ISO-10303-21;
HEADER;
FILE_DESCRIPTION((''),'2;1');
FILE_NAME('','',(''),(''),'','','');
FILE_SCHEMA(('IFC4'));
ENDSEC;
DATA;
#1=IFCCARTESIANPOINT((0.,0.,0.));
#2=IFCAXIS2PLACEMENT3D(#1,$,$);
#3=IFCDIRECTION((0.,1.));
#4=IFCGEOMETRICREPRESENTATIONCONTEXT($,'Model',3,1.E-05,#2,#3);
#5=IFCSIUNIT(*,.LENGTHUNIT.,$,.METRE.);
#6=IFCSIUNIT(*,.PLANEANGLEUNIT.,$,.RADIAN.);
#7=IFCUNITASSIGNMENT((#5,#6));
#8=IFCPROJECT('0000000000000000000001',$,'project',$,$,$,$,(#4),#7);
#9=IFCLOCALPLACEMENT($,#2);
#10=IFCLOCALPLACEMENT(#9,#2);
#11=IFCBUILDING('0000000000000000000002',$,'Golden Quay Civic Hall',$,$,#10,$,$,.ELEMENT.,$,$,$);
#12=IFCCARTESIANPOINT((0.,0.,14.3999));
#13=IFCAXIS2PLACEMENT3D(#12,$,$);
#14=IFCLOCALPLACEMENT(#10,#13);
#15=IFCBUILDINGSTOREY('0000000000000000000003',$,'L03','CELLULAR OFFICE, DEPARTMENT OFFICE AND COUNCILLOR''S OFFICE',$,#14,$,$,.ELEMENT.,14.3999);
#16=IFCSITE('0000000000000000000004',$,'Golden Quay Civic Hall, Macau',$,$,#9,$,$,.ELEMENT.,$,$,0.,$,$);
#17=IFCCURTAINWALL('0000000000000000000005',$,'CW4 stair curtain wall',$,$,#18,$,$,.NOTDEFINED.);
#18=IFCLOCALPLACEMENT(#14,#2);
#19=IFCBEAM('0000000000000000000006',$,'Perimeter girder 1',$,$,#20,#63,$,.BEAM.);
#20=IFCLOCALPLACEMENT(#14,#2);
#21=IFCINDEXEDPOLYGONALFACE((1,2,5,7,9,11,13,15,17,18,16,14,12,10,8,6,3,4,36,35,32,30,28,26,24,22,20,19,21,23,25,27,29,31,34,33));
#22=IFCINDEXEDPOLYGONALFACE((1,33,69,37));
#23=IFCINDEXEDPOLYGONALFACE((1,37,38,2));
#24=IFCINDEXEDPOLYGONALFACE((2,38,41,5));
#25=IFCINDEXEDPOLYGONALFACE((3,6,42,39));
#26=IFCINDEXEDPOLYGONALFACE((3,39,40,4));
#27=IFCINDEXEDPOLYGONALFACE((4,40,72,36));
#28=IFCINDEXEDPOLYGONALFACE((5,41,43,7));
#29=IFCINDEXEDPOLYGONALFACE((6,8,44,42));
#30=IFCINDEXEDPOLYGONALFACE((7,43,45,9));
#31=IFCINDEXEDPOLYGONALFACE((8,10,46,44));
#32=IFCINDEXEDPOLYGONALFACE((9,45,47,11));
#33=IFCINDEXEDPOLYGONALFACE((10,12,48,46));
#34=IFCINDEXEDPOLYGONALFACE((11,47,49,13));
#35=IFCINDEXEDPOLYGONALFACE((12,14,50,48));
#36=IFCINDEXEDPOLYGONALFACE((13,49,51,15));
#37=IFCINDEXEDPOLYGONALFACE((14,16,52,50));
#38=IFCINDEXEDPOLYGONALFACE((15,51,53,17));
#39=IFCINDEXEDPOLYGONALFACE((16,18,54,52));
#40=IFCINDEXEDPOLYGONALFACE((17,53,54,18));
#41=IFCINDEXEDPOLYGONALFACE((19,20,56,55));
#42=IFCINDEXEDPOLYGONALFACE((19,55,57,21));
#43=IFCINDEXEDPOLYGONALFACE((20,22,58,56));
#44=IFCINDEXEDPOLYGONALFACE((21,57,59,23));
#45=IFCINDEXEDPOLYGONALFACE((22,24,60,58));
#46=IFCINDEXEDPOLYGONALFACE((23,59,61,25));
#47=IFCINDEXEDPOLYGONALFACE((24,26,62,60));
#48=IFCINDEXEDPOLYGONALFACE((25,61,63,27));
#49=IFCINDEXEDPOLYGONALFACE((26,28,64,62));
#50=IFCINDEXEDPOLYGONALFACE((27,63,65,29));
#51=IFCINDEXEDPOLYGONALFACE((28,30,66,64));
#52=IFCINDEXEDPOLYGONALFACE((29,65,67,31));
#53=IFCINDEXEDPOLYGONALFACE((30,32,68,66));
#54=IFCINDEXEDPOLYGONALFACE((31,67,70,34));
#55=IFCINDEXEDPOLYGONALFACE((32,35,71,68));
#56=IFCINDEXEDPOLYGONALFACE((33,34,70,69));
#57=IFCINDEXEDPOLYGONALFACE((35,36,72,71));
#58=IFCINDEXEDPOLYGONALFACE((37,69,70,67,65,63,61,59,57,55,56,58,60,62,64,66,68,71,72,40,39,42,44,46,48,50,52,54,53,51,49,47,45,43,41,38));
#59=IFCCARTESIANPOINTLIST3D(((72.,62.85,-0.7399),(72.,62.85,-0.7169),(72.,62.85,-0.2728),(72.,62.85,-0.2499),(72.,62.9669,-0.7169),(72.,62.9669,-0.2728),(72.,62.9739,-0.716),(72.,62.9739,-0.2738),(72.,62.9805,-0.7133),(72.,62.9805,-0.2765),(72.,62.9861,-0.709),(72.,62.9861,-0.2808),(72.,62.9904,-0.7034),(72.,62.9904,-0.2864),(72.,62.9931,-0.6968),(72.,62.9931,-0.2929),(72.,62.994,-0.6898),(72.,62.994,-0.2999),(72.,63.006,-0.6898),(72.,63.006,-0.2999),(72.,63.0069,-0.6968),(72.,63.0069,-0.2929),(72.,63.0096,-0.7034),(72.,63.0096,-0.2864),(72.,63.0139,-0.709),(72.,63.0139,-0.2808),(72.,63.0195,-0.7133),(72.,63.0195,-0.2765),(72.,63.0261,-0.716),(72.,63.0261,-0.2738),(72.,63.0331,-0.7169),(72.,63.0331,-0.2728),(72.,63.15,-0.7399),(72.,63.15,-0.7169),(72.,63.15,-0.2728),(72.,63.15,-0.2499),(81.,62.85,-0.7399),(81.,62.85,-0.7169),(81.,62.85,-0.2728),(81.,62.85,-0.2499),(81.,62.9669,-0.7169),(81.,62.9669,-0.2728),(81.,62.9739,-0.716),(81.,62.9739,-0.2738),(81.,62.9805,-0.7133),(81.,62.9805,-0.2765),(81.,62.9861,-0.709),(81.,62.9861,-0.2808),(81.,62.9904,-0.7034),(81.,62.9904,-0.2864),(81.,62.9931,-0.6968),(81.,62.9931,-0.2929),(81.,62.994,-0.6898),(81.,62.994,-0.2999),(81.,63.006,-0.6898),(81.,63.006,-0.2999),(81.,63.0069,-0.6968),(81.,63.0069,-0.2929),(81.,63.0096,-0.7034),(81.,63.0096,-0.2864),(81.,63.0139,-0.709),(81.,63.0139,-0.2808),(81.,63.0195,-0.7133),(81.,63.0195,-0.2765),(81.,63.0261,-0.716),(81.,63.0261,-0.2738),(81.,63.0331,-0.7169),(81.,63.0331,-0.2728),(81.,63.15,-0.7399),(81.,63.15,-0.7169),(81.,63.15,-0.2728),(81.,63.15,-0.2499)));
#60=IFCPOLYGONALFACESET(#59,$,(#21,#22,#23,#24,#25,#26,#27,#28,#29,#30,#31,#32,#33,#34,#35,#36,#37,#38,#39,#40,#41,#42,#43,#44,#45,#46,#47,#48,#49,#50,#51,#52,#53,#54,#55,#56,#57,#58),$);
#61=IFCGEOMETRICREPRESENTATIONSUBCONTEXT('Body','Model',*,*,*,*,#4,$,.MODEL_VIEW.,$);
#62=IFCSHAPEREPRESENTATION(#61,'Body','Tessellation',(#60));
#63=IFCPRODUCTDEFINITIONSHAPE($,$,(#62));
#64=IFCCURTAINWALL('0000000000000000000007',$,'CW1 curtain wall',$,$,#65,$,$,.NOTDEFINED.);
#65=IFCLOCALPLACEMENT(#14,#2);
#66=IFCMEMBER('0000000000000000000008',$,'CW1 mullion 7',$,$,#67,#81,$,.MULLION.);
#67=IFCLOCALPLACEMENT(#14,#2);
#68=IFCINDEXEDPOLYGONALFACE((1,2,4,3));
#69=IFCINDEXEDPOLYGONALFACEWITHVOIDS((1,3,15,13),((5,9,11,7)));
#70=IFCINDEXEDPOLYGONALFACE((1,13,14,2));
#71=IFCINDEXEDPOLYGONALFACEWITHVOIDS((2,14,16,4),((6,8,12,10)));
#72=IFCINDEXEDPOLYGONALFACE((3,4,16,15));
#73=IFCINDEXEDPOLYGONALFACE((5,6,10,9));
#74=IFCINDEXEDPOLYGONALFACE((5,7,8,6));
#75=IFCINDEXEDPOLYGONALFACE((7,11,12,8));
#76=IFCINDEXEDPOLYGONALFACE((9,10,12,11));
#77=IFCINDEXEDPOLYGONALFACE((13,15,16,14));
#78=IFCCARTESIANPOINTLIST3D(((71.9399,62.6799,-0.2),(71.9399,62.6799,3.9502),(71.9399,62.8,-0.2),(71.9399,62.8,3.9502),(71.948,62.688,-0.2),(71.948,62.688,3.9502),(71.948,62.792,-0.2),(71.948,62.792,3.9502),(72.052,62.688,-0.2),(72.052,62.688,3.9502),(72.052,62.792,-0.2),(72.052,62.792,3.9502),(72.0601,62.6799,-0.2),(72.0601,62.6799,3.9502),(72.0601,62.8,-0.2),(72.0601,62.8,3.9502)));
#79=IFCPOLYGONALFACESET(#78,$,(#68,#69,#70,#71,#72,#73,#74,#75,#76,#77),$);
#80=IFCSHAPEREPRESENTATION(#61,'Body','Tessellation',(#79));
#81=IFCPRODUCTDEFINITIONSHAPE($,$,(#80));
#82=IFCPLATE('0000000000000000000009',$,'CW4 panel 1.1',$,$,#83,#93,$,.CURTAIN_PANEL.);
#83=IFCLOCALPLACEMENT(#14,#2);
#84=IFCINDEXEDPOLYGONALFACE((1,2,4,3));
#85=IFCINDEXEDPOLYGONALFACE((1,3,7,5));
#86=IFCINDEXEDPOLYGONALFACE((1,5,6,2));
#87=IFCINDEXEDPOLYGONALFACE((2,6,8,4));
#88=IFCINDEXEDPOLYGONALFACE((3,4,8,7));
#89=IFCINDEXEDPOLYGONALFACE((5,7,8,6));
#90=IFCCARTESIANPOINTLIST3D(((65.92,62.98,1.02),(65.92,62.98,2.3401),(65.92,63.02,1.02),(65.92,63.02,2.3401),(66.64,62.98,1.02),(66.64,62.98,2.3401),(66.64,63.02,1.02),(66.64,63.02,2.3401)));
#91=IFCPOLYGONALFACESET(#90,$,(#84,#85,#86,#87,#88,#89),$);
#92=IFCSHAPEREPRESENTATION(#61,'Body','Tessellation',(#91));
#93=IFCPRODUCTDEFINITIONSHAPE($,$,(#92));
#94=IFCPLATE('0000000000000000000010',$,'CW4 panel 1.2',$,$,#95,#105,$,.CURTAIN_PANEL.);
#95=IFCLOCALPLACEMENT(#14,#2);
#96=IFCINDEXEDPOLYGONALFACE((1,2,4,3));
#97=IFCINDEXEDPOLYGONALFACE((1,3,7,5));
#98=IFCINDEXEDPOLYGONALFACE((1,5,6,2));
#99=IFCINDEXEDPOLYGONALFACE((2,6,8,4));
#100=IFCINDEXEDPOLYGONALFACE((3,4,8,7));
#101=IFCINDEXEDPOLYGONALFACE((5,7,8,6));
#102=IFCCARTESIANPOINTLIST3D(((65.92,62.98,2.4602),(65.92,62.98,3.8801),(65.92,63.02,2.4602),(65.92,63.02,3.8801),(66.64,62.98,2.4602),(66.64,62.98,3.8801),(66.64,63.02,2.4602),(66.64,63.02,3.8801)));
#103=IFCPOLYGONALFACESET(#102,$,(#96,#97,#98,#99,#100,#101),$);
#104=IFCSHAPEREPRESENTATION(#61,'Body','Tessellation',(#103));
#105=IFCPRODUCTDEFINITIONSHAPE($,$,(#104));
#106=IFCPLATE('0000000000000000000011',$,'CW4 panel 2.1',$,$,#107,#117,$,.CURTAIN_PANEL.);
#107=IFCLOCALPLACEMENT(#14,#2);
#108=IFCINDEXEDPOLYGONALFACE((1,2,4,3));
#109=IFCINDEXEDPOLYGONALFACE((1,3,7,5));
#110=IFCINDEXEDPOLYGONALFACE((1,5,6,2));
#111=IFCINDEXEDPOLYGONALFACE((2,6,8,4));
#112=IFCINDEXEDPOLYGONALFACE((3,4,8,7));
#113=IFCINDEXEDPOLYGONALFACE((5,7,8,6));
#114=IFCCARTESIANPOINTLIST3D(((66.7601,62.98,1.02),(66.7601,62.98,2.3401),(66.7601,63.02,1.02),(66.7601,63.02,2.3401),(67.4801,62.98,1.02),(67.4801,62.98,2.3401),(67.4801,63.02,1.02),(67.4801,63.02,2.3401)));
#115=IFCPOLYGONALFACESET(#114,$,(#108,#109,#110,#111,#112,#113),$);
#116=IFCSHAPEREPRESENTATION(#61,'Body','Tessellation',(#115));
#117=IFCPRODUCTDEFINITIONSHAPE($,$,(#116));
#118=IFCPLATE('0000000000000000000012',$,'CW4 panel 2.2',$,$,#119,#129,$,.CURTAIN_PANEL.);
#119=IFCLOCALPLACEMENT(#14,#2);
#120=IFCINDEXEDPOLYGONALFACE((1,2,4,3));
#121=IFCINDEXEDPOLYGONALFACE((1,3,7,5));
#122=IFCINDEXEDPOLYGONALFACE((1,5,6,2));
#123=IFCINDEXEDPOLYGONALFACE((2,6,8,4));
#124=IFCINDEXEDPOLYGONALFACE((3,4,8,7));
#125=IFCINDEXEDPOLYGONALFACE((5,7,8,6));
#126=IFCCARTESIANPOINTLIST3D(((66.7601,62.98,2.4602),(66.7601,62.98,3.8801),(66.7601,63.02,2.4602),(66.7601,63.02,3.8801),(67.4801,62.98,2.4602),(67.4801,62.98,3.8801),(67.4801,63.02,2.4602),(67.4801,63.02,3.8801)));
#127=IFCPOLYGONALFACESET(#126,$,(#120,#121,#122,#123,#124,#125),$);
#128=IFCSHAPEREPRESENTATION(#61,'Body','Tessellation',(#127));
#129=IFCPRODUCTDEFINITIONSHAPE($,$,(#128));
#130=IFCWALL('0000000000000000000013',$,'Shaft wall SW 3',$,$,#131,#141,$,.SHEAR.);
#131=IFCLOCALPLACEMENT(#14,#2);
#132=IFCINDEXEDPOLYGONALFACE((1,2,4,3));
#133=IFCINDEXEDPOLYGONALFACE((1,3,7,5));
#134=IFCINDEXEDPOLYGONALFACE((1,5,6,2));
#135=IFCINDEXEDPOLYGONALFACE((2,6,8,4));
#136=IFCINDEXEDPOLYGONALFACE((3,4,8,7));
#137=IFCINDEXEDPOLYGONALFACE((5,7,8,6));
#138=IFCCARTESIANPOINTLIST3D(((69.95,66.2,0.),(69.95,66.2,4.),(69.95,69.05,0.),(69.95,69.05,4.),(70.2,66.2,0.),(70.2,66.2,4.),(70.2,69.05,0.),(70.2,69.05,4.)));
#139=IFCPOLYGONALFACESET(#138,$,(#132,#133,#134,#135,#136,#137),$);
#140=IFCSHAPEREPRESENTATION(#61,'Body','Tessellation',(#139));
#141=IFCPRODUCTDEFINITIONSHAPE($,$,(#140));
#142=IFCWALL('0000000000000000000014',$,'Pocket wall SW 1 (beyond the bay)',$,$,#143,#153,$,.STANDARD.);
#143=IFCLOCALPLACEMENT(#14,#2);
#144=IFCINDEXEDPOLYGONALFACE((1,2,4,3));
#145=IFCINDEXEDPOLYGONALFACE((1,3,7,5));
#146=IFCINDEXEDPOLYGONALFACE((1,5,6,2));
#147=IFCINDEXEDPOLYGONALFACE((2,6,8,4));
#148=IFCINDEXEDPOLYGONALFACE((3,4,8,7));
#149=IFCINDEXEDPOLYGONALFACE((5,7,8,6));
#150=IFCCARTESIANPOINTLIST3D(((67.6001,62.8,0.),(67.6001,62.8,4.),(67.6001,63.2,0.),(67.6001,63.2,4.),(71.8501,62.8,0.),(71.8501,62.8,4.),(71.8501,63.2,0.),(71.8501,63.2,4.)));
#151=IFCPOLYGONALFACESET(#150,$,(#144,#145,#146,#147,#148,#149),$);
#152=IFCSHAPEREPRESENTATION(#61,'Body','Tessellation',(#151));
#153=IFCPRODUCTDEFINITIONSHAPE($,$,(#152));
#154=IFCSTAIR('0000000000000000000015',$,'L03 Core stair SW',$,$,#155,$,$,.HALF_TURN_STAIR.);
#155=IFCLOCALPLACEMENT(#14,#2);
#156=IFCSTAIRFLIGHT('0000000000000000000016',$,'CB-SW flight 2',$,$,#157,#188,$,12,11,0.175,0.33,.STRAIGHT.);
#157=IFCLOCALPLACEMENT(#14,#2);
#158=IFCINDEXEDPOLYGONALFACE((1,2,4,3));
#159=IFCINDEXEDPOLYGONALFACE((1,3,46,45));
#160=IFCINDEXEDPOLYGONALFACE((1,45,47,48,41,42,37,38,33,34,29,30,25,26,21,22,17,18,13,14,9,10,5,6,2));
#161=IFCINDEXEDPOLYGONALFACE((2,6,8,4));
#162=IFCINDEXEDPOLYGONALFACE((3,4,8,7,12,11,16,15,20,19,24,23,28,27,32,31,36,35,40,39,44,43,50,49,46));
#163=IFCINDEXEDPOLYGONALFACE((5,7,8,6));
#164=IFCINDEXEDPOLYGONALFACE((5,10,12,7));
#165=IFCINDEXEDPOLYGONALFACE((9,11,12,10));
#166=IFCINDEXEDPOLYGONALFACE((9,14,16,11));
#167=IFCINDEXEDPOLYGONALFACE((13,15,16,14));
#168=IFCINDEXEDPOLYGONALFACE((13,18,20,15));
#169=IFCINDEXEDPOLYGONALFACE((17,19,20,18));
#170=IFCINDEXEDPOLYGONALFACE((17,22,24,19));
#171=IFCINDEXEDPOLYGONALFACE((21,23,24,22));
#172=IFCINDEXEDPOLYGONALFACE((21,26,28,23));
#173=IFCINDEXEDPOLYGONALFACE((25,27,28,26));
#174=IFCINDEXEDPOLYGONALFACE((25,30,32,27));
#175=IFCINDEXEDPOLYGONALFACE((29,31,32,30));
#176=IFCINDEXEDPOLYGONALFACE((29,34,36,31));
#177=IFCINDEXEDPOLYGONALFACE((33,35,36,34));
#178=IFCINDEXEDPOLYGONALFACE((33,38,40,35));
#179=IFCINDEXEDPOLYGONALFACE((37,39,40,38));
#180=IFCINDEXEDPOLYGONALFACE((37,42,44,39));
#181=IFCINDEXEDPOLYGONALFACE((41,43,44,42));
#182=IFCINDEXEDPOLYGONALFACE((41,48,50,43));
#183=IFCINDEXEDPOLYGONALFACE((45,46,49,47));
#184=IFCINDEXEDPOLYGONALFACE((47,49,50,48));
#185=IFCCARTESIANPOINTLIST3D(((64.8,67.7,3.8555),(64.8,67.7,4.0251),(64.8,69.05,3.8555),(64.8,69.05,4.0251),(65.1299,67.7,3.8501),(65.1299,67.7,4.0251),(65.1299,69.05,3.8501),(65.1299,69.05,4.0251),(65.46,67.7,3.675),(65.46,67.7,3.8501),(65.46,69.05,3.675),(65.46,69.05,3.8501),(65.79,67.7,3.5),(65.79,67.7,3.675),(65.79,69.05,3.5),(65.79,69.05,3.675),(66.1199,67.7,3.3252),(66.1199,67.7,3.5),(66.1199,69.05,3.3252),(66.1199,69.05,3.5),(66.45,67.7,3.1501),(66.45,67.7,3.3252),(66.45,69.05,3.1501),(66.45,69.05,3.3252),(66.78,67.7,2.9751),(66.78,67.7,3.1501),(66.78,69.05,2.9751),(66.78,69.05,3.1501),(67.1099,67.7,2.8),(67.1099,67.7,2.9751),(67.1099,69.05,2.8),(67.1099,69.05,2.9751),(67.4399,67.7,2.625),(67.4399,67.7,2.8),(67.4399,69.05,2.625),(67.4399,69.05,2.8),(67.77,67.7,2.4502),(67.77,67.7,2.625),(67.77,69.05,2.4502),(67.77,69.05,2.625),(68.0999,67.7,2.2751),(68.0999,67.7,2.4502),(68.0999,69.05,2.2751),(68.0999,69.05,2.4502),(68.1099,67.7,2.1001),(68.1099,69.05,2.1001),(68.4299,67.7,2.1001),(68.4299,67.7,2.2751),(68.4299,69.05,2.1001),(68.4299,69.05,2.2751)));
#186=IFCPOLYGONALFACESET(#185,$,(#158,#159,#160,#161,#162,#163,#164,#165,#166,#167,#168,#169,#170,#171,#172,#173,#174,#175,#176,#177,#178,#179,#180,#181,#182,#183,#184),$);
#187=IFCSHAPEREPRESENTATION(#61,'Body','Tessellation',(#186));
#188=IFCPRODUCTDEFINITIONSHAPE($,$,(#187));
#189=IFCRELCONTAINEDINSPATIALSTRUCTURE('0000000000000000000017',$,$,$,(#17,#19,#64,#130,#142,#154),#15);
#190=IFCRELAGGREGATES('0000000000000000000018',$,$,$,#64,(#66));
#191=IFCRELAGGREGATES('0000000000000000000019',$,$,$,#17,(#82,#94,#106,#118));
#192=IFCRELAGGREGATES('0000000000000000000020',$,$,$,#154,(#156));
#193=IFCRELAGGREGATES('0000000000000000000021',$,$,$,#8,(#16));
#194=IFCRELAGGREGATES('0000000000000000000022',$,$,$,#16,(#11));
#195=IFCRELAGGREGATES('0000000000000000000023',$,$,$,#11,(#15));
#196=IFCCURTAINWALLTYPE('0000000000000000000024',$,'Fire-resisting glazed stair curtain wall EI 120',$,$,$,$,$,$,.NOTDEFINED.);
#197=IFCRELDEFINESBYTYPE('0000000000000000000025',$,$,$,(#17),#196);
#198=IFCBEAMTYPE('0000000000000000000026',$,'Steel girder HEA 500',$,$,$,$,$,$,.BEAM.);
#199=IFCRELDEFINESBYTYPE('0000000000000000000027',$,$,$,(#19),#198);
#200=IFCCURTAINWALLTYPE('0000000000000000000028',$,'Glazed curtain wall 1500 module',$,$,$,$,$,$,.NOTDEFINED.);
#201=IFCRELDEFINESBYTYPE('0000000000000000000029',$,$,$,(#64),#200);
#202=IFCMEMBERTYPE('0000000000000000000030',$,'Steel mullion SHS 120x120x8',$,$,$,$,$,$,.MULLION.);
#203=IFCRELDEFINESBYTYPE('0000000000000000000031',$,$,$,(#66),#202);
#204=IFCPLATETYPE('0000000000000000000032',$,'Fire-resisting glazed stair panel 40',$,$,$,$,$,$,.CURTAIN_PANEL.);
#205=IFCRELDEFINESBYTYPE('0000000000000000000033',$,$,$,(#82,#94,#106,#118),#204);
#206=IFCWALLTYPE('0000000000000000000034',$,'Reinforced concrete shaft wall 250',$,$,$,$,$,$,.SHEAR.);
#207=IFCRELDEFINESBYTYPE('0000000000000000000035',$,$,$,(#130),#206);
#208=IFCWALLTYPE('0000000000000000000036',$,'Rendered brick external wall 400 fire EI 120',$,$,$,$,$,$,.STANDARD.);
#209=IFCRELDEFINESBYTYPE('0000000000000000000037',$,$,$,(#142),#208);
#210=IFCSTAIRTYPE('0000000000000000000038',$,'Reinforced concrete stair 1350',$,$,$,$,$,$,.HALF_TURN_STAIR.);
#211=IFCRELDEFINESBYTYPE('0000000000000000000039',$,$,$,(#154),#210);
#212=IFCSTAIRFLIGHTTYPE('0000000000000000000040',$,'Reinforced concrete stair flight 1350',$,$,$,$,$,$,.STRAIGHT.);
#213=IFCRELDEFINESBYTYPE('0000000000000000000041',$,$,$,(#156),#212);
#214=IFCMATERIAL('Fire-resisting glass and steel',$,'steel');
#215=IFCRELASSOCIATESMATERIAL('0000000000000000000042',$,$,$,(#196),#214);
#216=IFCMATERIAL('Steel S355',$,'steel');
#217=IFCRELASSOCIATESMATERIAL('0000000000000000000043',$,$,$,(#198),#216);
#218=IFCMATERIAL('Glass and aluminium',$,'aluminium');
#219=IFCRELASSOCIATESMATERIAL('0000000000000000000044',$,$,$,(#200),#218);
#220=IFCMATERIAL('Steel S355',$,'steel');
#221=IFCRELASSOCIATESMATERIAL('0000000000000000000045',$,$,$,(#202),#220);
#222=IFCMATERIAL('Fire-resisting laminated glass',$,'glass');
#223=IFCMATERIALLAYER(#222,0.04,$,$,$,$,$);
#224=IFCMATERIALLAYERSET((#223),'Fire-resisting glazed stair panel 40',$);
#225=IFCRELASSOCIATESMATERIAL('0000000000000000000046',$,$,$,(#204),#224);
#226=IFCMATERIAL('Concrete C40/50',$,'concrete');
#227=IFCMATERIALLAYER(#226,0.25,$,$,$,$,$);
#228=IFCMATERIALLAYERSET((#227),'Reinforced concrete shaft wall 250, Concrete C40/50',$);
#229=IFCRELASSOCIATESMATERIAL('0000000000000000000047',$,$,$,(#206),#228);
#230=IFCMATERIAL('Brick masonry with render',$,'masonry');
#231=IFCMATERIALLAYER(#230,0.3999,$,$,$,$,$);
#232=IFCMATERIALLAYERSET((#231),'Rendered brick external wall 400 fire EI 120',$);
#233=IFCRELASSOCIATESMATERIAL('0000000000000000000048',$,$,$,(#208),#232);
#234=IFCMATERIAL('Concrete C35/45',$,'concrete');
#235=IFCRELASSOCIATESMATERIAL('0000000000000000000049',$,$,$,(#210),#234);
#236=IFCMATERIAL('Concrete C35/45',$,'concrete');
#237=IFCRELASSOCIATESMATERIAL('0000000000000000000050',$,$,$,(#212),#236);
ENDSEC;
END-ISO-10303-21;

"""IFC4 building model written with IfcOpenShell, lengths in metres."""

from ifc_helpers import new_model, si_unit, direction, frame, frame_2d, origin, origin_2d, place, context, subcontext, project, spatial, polyline, rectangle, hollow_rectangle, i_section, outline, extrude, material, layer, layer_set, material_profile, profile_set, type_object, element, aggregate, save


model = new_model("IFC4")

# Units and contexts
model_context = context("Model", 3, precision=1e-05, world=origin(), true_north=direction((0.0, 1.0)))
body_context = subcontext(model_context, "Body", "Model", "MODEL_VIEW")
ifc_project = project(units=[si_unit("LENGTHUNIT", "METRE"), si_unit("PLANEANGLEUNIT", "RADIAN")], contexts=[model_context])

# Site, building, storey
site_placement = place(None, origin())
site = spatial("IfcSite", under=ifc_project, at=site_placement, Name="Golden Quay Civic Hall, Macau", CompositionType="ELEMENT", RefElevation=0.0)
building_placement = place(site_placement, origin())
building = spatial("IfcBuilding", under=site, at=building_placement, Name="Golden Quay Civic Hall", CompositionType="ELEMENT")
storey_placement = place(building_placement, frame((0.0, 0.0, 14.3999)))
storey = spatial("IfcBuildingStorey", under=building, at=storey_placement, Name="L03", Description="CELLULAR OFFICE, DEPARTMENT OFFICE AND COUNCILLOR'S OFFICE", CompositionType="ELEMENT", Elevation=14.3999)

# Curtain wall
ifc_material_1 = material(Name="Fire-resisting glass and steel", Category="steel")
curtain_wall_type_1 = type_object("IfcCurtainWallType", Name="Fire-resisting glazed stair curtain wall EI 120", PredefinedType="NOTDEFINED", material=ifc_material_1)
curtain_wall_1_placement = place(storey_placement, origin())
curtain_wall_1 = element("IfcCurtainWall", 1, at=curtain_wall_1_placement, inside=storey, type_object=curtain_wall_type_1, Name="CW4 stair curtain wall", PredefinedType="NOTDEFINED")

# Beam
ifc_material_2 = material(Name="Steel S355", Category="steel")
ifc_material_profile_1 = material_profile(ifc_material_2, i_section(OverallWidth=0.3, OverallDepth=0.49, WebThickness=0.012, FlangeThickness=0.0229, FilletRadius=0.0271, at=origin_2d()), Name="HEA 500")
ifc_profile_set_1 = profile_set([ifc_material_profile_1], Name="Steel S355")
beam_type = type_object("IfcBeamType", Name="Steel girder HEA 500", PredefinedType="BEAM", material=ifc_profile_set_1)
beam_placement = place(storey_placement, frame((72.0, 63.0, -0.4949), z_axis=(1.0, 0.0, 0.0), x_axis=(0.0, 1.0, 0.0)))
element("IfcBeam", 2, at=beam_placement, inside=storey, type_object=beam_type, Name="Perimeter girder 1", PredefinedType="BEAM", context=body_context, shape_type="SweptSolid", body=[
    extrude(i_section(OverallWidth=0.3, OverallDepth=0.49, WebThickness=0.012, FlangeThickness=0.0229, FilletRadius=0.0271, at=origin_2d()), origin(), (0.0, 0.0, 1.0), 9.0),
])

# Curtain wall, member
ifc_material_3 = material(Name="Glass and aluminium", Category="aluminium")
curtain_wall_type_2 = type_object("IfcCurtainWallType", Name="Glazed curtain wall 1500 module", PredefinedType="NOTDEFINED", material=ifc_material_3)
curtain_wall_2_placement = place(storey_placement, origin())
curtain_wall_2 = element("IfcCurtainWall", 3, at=curtain_wall_2_placement, inside=storey, type_object=curtain_wall_type_2, Name="CW1 curtain wall", PredefinedType="NOTDEFINED")
ifc_material_4 = material(Name="Steel S355", Category="steel")
ifc_material_profile_2 = material_profile(ifc_material_4, hollow_rectangle(XDim=0.1201, YDim=0.1201, WallThickness=0.0081, at=origin_2d()), Name="SHS 120x120x8")
ifc_profile_set_2 = profile_set([ifc_material_profile_2], Name="Steel S355")
member_type_1 = type_object("IfcMemberType", Name="Steel mullion SHS 120x120x8", PredefinedType="MULLION", material=ifc_profile_set_2)
member_1_placement = place(storey_placement, frame((72.0, 62.74, -0.2), z_axis=(0.0, 0.0, 1.0), x_axis=(-1.0, 0.0, 0.0)))
member_1 = element("IfcMember", 4, at=member_1_placement, type_object=member_type_1, Name="CW1 mullion 7", PredefinedType="MULLION", context=body_context, shape_type="SweptSolid", body=[
    extrude(hollow_rectangle(XDim=0.1201, YDim=0.1201, WallThickness=0.0081, at=origin_2d()), origin(), (0.0, 0.0, 1.0), 4.1501),
])
aggregate(curtain_wall_2, [member_1])

# Plates
ifc_material_5 = material(Name="Fire-resisting laminated glass", Category="glass")
ifc_layer_1 = layer(ifc_material_5, 0.04)
ifc_layer_set_1 = layer_set([ifc_layer_1], Name="Fire-resisting glazed stair panel 40")
plate_type = type_object("IfcPlateType", Name="Fire-resisting glazed stair panel 40", PredefinedType="CURTAIN_PANEL", material=ifc_layer_set_1)
plate_1_placement = place(storey_placement, frame((66.28, 63.0, 1.02), z_axis=(0.0, 0.0, 1.0), x_axis=(1.0, 0.0, 0.0)))
plate_1 = element("IfcPlate", 5, at=plate_1_placement, type_object=plate_type, Name="CW4 panel 1.1", PredefinedType="CURTAIN_PANEL", context=body_context, shape_type="SweptSolid", body=[
    extrude(rectangle(XDim=0.72, YDim=0.04, at=origin_2d()), origin(), (0.0, 0.0, 1.0), 1.3201),
])
plate_2_placement = place(storey_placement, frame((66.28, 63.0, 2.4602), z_axis=(0.0, 0.0, 1.0), x_axis=(1.0, 0.0, 0.0)))
plate_2 = element("IfcPlate", 6, at=plate_2_placement, type_object=plate_type, Name="CW4 panel 1.2", PredefinedType="CURTAIN_PANEL", context=body_context, shape_type="SweptSolid", body=[
    extrude(rectangle(XDim=0.72, YDim=0.04, at=origin_2d()), origin(), (0.0, 0.0, 1.0), 1.4199),
])
plate_3_placement = place(storey_placement, frame((67.1201, 63.0, 1.02), z_axis=(0.0, 0.0, 1.0), x_axis=(1.0, 0.0, 0.0)))
plate_3 = element("IfcPlate", 7, at=plate_3_placement, type_object=plate_type, Name="CW4 panel 2.1", PredefinedType="CURTAIN_PANEL", context=body_context, shape_type="SweptSolid", body=[
    extrude(rectangle(XDim=0.72, YDim=0.04, at=origin_2d()), origin(), (0.0, 0.0, 1.0), 1.3201),
])
plate_4_placement = place(storey_placement, frame((67.1201, 63.0, 2.4602), z_axis=(0.0, 0.0, 1.0), x_axis=(1.0, 0.0, 0.0)))
plate_4 = element("IfcPlate", 8, at=plate_4_placement, type_object=plate_type, Name="CW4 panel 2.2", PredefinedType="CURTAIN_PANEL", context=body_context, shape_type="SweptSolid", body=[
    extrude(rectangle(XDim=0.72, YDim=0.04, at=origin_2d()), origin(), (0.0, 0.0, 1.0), 1.4199),
])
aggregate(curtain_wall_1, [plate_1, plate_2, plate_3, plate_4])

# Walls
ifc_material_6 = material(Name="Concrete C40/50", Category="concrete")
ifc_layer_2 = layer(ifc_material_6, 0.25)
ifc_layer_set_2 = layer_set([ifc_layer_2], Name="Reinforced concrete shaft wall 250, Concrete C40/50")
wall_type_1 = type_object("IfcWallType", Name="Reinforced concrete shaft wall 250", PredefinedType="SHEAR", material=ifc_layer_set_2)
wall_1_placement = place(storey_placement, frame((70.075, 66.2, 0.0), z_axis=(0.0, 0.0, 1.0), x_axis=(0.0, 1.0, 0.0)))
element("IfcWall", 9, at=wall_1_placement, inside=storey, type_object=wall_type_1, Name="Shaft wall SW 3", PredefinedType="SHEAR", context=body_context, shape_type="SweptSolid", body=[
    extrude(rectangle(XDim=2.8501, YDim=0.25, at=frame_2d((1.425, 0.0))), origin(), (0.0, 0.0, 1.0), 4.0),
])
ifc_material_7 = material(Name="Brick masonry with render", Category="masonry")
ifc_layer_3 = layer(ifc_material_7, 0.3999)
ifc_layer_set_3 = layer_set([ifc_layer_3], Name="Rendered brick external wall 400 fire EI 120")
wall_type_2 = type_object("IfcWallType", Name="Rendered brick external wall 400 fire EI 120", PredefinedType="STANDARD", material=ifc_layer_set_3)
wall_2_placement = place(storey_placement, frame((67.6001, 63.0, 0.0), z_axis=(0.0, 0.0, 1.0), x_axis=(1.0, 0.0, 0.0)))
element("IfcWall", 10, at=wall_2_placement, inside=storey, type_object=wall_type_2, Name="Pocket wall SW 1 (beyond the bay)", PredefinedType="STANDARD", context=body_context, shape_type="SweptSolid", body=[
    extrude(rectangle(XDim=4.25, YDim=0.3999, at=frame_2d((2.125, 0.0))), origin(), (0.0, 0.0, 1.0), 4.0),
])

# Stair, stair flight
ifc_material_8 = material(Name="Concrete C35/45", Category="concrete")
stair_type = type_object("IfcStairType", Name="Reinforced concrete stair 1350", PredefinedType="HALF_TURN_STAIR", material=ifc_material_8)
stair_placement = place(storey_placement, origin())
stair = element("IfcStair", 11, at=stair_placement, inside=storey, type_object=stair_type, Name="L03 Core stair SW", PredefinedType="HALF_TURN_STAIR")
ifc_material_9 = material(Name="Concrete C35/45", Category="concrete")
stair_flight_type = type_object("IfcStairFlightType", Name="Reinforced concrete stair flight 1350", PredefinedType="STRAIGHT", material=ifc_material_9)
stair_flight_placement = place(storey_placement, frame((68.4299, 68.375, 2.1001), z_axis=(0.0, 0.0, 1.0), x_axis=(-1.0, 0.0, 0.0)))
stair_flight = element("IfcStairFlight", 12, at=stair_flight_placement, type_object=stair_flight_type, Name="CB-SW flight 2", NumberOfRisers=12, NumberOfTreads=11, PredefinedType="STRAIGHT", RiserHeight=0.175, TreadLength=0.33, context=body_context, shape_type="SweptSolid", body=[
    extrude(outline(polyline([(0.0, 0.0), (0.0, 0.175), (0.3301, 0.175), (0.3301, 0.3501), (0.6599, 0.3501), (0.6599, 0.5249), (0.99, 0.5249), (0.99, 0.7), (1.3201, 0.7), (1.3201, 0.875), (1.6499, 0.875), (1.6499, 1.05), (1.98, 1.05), (1.98, 1.2251), (2.3101, 1.2251), (2.3101, 1.3999), (2.6399, 1.3999), (2.6399, 1.575), (2.97, 1.575), (2.97, 1.75), (3.3, 1.75), (3.3, 1.925), (3.6299, 1.925), (3.6299, 2.1001), (3.6299, 1.7554), (0.3201, 0.0), (0.0, 0.0)])), frame((0.0, 0.675, 0.0), z_axis=(0.0, -1.0, 0.0), x_axis=(1.0, 0.0, 0.0)), (0.0, 0.0, 1.0), 1.35),
])
aggregate(stair, [stair_flight])

save(model, "model.ifc")
